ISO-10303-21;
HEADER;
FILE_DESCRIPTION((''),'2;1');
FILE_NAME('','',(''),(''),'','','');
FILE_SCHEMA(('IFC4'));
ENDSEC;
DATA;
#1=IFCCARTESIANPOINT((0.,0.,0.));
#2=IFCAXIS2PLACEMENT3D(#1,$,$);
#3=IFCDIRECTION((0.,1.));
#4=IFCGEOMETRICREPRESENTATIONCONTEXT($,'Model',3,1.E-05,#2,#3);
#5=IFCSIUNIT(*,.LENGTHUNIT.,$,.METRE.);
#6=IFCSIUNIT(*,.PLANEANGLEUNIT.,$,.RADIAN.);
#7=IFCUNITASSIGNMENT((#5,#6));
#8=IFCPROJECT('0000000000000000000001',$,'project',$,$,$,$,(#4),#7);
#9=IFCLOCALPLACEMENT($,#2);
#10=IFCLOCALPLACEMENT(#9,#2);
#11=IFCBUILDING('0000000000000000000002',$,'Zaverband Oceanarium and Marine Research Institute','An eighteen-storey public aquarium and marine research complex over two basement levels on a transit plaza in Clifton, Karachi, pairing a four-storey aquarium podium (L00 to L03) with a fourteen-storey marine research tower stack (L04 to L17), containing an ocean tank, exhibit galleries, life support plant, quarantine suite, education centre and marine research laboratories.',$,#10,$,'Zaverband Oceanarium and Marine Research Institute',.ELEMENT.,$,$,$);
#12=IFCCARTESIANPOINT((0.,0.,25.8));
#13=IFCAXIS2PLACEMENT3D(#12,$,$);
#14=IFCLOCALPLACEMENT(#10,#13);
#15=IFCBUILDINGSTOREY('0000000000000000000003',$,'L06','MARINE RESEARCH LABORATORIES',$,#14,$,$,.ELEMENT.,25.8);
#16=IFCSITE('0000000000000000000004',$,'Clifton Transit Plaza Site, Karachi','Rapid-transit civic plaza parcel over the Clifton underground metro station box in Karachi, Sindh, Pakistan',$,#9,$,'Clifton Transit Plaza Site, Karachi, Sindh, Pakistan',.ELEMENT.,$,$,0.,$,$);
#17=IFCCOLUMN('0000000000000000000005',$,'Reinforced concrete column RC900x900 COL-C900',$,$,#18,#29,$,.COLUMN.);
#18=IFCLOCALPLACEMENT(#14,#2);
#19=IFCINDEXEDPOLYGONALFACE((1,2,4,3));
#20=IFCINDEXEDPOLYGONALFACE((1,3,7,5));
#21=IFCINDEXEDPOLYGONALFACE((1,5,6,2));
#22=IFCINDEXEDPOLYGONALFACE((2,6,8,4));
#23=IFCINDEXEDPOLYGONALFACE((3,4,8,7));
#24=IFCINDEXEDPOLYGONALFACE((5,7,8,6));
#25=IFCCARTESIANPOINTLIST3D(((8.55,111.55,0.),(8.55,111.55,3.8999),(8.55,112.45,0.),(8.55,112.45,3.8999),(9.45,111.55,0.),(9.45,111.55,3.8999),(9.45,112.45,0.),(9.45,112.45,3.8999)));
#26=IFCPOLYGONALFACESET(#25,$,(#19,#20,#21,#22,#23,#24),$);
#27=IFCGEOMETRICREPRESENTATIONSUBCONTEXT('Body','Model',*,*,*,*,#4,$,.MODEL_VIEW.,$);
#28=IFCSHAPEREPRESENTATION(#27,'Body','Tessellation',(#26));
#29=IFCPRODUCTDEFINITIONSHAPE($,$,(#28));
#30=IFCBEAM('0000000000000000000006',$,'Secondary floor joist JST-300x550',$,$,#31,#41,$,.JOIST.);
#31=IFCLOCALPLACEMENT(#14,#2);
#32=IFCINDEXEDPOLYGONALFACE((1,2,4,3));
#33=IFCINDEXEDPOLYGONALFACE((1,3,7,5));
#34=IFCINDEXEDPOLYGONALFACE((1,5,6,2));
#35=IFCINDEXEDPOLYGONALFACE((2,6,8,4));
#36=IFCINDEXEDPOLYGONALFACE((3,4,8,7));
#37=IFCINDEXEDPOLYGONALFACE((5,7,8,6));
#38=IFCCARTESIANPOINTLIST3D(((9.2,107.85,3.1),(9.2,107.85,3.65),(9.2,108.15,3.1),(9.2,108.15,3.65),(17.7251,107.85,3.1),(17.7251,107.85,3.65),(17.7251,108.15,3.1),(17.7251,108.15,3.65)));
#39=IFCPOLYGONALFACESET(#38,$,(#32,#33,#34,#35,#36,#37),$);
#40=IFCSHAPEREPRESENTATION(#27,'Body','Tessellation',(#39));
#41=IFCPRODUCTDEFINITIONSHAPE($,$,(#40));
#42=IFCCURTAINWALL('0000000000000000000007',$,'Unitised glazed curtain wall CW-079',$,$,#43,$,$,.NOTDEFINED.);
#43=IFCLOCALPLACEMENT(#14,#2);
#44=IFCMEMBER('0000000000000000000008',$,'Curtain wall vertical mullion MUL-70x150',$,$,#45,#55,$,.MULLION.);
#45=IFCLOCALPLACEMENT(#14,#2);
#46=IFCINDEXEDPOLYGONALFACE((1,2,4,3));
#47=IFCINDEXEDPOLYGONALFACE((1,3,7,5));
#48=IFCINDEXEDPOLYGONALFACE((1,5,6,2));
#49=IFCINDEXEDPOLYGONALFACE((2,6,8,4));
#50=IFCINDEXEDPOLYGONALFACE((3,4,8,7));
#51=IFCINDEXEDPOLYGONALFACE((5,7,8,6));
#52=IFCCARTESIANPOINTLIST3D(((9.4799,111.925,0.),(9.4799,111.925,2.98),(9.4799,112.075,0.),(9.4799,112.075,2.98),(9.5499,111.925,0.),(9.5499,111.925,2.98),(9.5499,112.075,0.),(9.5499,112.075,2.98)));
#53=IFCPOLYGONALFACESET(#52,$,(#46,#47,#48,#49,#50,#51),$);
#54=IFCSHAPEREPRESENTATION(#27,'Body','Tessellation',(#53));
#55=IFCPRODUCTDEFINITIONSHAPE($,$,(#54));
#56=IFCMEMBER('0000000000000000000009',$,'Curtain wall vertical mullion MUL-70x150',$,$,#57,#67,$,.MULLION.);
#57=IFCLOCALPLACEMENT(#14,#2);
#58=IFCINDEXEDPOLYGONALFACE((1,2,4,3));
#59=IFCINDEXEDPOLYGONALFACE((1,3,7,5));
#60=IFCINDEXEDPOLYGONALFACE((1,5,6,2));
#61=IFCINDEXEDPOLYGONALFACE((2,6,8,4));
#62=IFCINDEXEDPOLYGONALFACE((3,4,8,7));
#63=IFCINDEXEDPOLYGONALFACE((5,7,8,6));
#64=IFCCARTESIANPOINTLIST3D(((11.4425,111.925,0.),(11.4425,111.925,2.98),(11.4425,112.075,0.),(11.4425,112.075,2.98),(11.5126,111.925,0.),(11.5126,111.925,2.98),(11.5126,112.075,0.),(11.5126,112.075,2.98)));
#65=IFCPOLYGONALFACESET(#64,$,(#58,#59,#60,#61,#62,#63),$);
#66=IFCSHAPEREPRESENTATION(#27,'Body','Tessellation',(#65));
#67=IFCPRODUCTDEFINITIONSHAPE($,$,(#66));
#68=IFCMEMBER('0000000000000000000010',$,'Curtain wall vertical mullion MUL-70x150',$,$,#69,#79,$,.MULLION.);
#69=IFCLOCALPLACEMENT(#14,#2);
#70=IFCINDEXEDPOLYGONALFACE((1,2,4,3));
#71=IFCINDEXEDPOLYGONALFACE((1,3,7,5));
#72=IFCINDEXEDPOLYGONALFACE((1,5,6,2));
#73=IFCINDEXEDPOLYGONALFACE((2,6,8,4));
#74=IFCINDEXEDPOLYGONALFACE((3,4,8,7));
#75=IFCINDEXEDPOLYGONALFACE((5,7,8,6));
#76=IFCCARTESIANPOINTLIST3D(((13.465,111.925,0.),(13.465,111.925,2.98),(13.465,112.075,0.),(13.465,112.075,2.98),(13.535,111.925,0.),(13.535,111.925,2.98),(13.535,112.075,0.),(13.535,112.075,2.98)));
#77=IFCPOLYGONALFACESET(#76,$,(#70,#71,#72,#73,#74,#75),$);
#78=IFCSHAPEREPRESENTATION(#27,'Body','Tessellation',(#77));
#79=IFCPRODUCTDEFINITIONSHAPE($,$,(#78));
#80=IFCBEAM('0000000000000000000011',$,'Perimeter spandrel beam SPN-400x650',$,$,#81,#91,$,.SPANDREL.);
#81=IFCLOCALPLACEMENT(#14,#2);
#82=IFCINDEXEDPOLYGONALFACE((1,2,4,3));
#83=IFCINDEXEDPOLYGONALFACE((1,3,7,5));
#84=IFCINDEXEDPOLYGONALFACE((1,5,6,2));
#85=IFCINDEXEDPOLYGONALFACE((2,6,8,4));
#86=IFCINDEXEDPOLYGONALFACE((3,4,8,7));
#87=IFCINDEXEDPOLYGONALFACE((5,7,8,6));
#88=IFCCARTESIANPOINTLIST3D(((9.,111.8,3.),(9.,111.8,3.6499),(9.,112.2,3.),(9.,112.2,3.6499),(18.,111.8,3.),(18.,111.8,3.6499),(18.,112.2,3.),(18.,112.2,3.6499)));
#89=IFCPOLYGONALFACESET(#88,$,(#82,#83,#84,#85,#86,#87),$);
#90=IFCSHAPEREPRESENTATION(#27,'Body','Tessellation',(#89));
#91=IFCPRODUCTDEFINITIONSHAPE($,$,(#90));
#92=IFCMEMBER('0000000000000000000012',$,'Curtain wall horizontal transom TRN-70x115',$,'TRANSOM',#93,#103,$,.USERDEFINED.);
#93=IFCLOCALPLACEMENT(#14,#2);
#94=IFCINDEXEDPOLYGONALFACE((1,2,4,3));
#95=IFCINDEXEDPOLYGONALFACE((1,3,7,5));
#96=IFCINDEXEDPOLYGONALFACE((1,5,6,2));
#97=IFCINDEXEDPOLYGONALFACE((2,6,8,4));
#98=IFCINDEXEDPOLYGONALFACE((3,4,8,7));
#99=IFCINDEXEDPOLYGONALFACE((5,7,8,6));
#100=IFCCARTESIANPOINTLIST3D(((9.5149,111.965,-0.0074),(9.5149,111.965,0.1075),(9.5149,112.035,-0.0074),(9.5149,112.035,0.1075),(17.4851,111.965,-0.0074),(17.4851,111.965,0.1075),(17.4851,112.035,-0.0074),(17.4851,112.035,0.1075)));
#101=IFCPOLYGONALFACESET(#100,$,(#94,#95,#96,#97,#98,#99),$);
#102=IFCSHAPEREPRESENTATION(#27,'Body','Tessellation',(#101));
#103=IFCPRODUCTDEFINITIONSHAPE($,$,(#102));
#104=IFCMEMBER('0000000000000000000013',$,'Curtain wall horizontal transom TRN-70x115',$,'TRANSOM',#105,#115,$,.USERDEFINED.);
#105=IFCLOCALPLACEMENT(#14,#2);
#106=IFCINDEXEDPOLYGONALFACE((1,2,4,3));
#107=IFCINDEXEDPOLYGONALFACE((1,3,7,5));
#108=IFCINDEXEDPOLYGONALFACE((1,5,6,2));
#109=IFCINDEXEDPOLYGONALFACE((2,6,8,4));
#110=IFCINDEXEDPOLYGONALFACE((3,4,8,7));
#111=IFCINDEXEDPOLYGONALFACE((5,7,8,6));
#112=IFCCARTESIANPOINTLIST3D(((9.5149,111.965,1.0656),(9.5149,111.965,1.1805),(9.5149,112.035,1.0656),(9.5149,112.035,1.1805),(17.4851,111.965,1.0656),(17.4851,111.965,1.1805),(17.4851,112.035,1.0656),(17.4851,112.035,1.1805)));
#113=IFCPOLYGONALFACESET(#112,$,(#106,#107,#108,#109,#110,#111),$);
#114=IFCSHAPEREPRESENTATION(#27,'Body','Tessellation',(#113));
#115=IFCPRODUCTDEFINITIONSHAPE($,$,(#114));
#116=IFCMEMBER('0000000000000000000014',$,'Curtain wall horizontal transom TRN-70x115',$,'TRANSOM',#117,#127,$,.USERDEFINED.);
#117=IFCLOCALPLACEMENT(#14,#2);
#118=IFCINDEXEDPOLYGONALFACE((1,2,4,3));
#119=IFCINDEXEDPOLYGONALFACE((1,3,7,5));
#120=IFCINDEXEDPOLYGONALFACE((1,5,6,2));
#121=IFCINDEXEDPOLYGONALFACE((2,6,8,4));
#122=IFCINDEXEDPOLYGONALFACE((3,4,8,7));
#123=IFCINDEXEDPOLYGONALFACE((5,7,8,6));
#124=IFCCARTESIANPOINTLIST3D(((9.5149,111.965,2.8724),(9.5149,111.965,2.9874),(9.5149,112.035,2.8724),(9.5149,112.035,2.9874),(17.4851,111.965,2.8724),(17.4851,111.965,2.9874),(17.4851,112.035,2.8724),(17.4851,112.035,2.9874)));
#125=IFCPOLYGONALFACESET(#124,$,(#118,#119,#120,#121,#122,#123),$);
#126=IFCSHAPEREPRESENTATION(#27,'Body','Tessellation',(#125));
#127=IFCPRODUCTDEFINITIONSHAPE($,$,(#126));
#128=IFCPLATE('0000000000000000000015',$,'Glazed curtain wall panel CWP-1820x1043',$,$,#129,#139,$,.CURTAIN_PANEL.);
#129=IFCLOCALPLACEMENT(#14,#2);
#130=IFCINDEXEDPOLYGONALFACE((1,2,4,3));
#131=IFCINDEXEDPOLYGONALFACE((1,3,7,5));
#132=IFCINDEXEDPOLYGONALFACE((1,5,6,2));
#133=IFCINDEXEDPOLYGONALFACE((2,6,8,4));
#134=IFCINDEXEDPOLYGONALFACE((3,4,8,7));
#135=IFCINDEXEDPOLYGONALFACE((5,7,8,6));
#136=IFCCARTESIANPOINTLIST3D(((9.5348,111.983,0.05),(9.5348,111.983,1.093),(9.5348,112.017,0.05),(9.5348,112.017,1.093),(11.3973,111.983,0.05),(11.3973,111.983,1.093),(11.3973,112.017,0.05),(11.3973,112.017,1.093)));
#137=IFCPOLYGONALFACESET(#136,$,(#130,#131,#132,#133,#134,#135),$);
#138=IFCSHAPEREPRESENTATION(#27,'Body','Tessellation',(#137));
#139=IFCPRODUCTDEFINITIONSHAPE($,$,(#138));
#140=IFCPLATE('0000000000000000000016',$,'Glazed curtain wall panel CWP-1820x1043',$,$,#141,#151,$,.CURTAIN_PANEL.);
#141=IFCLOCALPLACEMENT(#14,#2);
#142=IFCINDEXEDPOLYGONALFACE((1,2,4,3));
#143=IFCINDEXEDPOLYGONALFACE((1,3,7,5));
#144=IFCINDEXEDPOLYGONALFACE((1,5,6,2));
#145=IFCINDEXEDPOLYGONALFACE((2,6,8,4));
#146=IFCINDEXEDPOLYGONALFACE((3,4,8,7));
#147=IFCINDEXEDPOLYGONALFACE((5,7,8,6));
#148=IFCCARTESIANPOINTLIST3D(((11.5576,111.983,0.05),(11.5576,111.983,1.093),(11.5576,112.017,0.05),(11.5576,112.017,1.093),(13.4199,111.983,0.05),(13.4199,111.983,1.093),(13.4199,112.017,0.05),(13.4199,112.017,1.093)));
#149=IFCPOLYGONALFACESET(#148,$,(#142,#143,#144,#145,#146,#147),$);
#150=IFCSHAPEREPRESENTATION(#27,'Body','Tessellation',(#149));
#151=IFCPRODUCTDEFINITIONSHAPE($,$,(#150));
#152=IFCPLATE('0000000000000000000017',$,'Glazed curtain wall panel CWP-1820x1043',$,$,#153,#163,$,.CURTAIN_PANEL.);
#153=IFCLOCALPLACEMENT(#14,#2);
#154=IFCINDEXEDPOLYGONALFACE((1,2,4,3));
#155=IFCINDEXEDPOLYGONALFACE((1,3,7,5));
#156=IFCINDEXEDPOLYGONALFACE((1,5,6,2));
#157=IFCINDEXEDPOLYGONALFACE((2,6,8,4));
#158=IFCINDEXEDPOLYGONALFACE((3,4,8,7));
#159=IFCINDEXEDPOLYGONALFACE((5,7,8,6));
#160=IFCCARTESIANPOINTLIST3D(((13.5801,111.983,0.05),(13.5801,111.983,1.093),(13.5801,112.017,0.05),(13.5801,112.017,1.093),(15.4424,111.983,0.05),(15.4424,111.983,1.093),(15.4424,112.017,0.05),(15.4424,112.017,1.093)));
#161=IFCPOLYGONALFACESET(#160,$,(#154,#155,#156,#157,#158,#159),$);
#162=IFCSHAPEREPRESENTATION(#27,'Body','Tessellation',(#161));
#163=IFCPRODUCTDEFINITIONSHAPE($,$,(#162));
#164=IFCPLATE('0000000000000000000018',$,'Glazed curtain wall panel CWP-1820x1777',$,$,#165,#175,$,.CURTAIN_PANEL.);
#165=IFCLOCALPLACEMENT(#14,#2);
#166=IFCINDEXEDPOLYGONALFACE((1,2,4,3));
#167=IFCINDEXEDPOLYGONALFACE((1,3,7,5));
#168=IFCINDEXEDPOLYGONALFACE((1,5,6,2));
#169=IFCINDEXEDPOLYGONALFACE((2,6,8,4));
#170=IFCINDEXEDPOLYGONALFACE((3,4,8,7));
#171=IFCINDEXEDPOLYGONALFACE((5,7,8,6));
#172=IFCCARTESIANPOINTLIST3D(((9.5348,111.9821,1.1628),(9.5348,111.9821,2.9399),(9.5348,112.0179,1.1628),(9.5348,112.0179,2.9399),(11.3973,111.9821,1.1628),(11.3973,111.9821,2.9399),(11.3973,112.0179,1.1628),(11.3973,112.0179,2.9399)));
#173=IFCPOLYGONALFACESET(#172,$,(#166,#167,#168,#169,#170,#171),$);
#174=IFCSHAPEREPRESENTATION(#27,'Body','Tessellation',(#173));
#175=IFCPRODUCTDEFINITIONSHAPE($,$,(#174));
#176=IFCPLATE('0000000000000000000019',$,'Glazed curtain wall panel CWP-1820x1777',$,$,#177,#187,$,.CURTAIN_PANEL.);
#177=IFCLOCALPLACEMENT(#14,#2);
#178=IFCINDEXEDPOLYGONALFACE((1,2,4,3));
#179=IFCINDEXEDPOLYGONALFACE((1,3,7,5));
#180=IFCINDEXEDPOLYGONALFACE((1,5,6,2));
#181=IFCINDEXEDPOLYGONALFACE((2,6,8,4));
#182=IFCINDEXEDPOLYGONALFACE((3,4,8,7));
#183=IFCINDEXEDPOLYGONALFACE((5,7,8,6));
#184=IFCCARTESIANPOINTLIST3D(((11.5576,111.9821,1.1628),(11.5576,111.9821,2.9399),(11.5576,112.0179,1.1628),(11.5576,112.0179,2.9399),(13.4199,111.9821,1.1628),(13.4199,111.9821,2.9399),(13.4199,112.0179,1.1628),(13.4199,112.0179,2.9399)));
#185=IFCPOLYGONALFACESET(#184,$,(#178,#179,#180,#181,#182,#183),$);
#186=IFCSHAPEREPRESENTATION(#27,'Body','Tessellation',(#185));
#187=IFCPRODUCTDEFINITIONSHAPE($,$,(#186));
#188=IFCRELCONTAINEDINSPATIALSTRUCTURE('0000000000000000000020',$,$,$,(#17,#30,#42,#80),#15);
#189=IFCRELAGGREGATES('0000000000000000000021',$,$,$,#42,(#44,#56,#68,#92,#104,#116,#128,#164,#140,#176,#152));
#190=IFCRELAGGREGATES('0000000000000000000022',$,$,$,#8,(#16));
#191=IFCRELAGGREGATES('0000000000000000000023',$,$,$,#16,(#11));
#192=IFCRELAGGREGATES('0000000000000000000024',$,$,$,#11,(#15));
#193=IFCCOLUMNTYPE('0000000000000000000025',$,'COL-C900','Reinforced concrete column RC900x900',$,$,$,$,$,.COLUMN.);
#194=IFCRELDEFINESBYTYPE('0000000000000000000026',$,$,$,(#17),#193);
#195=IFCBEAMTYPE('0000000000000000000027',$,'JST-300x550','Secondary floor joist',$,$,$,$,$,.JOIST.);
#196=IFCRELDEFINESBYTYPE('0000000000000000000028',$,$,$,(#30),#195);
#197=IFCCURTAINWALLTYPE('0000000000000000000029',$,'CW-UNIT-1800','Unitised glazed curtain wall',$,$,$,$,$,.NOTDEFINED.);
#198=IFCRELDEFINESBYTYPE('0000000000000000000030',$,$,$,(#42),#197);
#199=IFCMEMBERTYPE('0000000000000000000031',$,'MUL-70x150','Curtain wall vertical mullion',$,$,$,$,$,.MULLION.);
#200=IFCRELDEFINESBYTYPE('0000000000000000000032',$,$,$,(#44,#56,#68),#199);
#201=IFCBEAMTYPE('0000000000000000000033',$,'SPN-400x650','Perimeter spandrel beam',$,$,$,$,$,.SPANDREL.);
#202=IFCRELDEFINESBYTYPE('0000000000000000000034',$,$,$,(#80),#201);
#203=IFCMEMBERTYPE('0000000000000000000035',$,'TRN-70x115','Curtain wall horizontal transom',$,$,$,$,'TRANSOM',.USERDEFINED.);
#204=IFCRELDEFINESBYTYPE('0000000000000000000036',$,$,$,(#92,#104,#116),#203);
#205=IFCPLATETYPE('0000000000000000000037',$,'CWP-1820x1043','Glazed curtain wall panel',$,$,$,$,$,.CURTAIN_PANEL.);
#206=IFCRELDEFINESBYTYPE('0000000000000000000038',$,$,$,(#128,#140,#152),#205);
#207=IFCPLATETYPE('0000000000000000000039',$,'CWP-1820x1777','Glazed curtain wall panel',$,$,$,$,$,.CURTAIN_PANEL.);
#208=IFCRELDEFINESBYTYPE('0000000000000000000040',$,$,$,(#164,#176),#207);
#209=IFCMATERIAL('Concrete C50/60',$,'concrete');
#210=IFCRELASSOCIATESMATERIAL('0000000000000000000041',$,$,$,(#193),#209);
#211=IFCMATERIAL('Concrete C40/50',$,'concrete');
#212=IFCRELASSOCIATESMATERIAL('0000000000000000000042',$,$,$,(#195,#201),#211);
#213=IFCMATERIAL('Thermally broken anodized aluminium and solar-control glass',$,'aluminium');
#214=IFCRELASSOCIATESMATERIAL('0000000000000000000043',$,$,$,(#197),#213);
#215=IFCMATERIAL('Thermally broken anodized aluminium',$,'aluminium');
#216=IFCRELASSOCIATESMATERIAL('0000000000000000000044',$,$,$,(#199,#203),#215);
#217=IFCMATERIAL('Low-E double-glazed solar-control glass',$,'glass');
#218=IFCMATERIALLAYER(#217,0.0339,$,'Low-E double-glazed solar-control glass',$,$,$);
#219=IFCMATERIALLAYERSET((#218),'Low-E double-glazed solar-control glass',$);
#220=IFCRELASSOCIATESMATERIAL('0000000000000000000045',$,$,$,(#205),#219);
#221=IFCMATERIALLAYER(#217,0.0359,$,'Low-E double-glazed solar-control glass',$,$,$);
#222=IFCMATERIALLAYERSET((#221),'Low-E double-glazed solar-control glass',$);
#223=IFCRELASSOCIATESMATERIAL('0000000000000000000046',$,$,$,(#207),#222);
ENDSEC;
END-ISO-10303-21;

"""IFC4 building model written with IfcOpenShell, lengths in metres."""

from ifc_helpers import new_model, si_unit, direction, frame, frame_2d, origin, origin_2d, place, context, subcontext, project, spatial, rectangle, extrude, material, layer, layer_set, material_profile, profile_set, type_object, element, aggregate, save


model = new_model("IFC4")

# Units and contexts
model_context = context("Model", 3, precision=1e-05, world=origin(), true_north=direction((0.0, 1.0)))
body_context = subcontext(model_context, "Body", "Model", "MODEL_VIEW")
ifc_project = project(units=[si_unit("LENGTHUNIT", "METRE"), si_unit("PLANEANGLEUNIT", "RADIAN")], contexts=[model_context])

# Site, building, storey
site_placement = place(None, origin())
site = spatial("IfcSite", under=ifc_project, at=site_placement, Name="Clifton Transit Plaza Site, Karachi", Description="Rapid-transit civic plaza parcel over the Clifton underground metro station box in Karachi, Sindh, Pakistan", LongName="Clifton Transit Plaza Site, Karachi, Sindh, Pakistan", CompositionType="ELEMENT", RefElevation=0.0)
building_placement = place(site_placement, origin())
building = spatial("IfcBuilding", under=site, at=building_placement, Name="Zaverband Oceanarium and Marine Research Institute", Description="An eighteen-storey public aquarium and marine research complex over two basement levels on a transit plaza in Clifton, Karachi, pairing a four-storey aquarium podium (L00 to L03) with a fourteen-storey marine research tower stack (L04 to L17), containing an ocean tank, exhibit galleries, life support plant, quarantine suite, education centre and marine research laboratories.", LongName="Zaverband Oceanarium and Marine Research Institute", CompositionType="ELEMENT")
storey_placement = place(building_placement, frame((0.0, 0.0, 25.8)))
storey = spatial("IfcBuildingStorey", under=building, at=storey_placement, Name="L06", Description="MARINE RESEARCH LABORATORIES", CompositionType="ELEMENT", Elevation=25.8)

# Column
ifc_material_1 = material(Name="Concrete C50/60", Category="concrete")
ifc_material_profile_1 = material_profile(ifc_material_1, rectangle(XDim=0.8999, YDim=0.8999, at=origin_2d()), Name="RC900x900")
ifc_profile_set_1 = profile_set([ifc_material_profile_1], Name="Concrete C50/60")
column_type = type_object("IfcColumnType", Name="COL-C900", Description="Reinforced concrete column RC900x900", PredefinedType="COLUMN", material=ifc_profile_set_1)
column_placement = place(storey_placement, frame((9.0, 112.0, 0.0), z_axis=(0.0, 0.0, 1.0), x_axis=(1.0, 0.0, 0.0)))
element("IfcColumn", 1, at=column_placement, inside=storey, type_object=column_type, Name="Reinforced concrete column RC900x900 COL-C900", PredefinedType="COLUMN", context=body_context, shape_type="SweptSolid", body=[
    extrude(rectangle(XDim=0.8999, YDim=0.8999, at=origin_2d()), origin(), (0.0, 0.0, 1.0), 3.8999),
])

# Beam
ifc_material_2 = material(Name="Concrete C40/50", Category="concrete")
ifc_material_profile_2 = material_profile(ifc_material_2, rectangle(XDim=0.3, YDim=0.55, at=origin_2d()), Name="RC300x550")
ifc_profile_set_2 = profile_set([ifc_material_profile_2], Name="Concrete C40/50")
beam_type_1 = type_object("IfcBeamType", Name="JST-300x550", Description="Secondary floor joist", PredefinedType="JOIST", material=ifc_profile_set_2)
beam_1_placement = place(storey_placement, frame((9.2, 108.0, 3.375), z_axis=(1.0, 0.0, 0.0), x_axis=(0.0, 1.0, 0.0)))
element("IfcBeam", 2, at=beam_1_placement, inside=storey, type_object=beam_type_1, Name="Secondary floor joist JST-300x550", PredefinedType="JOIST", context=body_context, shape_type="SweptSolid", body=[
    extrude(rectangle(XDim=0.3, YDim=0.55, at=origin_2d()), origin(), (0.0, 0.0, 1.0), 8.5251),
])

# Curtain wall, members
ifc_material_3 = material(Name="Thermally broken anodized aluminium and solar-control glass", Category="aluminium")
curtain_wall_type = type_object("IfcCurtainWallType", Name="CW-UNIT-1800", Description="Unitised glazed curtain wall", PredefinedType="NOTDEFINED", material=ifc_material_3)
curtain_wall_placement = place(storey_placement, origin())
curtain_wall = element("IfcCurtainWall", 3, at=curtain_wall_placement, inside=storey, type_object=curtain_wall_type, Name="Unitised glazed curtain wall CW-079", PredefinedType="NOTDEFINED")
ifc_material_4 = material(Name="Thermally broken anodized aluminium", Category="aluminium")
ifc_material_profile_3 = material_profile(ifc_material_4, rectangle(XDim=0.0701, YDim=0.1499, at=origin_2d()), Name="AL-MUL-70x150")
ifc_profile_set_3 = profile_set([ifc_material_profile_3], Name="Thermally broken anodized aluminium")
member_type_1 = type_object("IfcMemberType", Name="MUL-70x150", Description="Curtain wall vertical mullion", PredefinedType="MULLION", material=ifc_profile_set_3)
member_1_placement = place(storey_placement, frame((9.5149, 112.0, 0.0), z_axis=(0.0, 0.0, 1.0), x_axis=(1.0, 0.0, 0.0)))
member_1 = element("IfcMember", 4, at=member_1_placement, type_object=member_type_1, Name="Curtain wall vertical mullion MUL-70x150", PredefinedType="MULLION", context=body_context, shape_type="SweptSolid", body=[
    extrude(rectangle(XDim=0.0701, YDim=0.1499, at=origin_2d()), origin(), (0.0, 0.0, 1.0), 2.98),
])
member_2_placement = place(storey_placement, frame((11.4775, 112.0, 0.0), z_axis=(0.0, 0.0, 1.0), x_axis=(1.0, 0.0, 0.0)))
member_2 = element("IfcMember", 5, at=member_2_placement, type_object=member_type_1, Name="Curtain wall vertical mullion MUL-70x150", PredefinedType="MULLION", context=body_context, shape_type="SweptSolid", body=[
    extrude(rectangle(XDim=0.0701, YDim=0.1499, at=origin_2d()), origin(), (0.0, 0.0, 1.0), 2.98),
])
member_3_placement = place(storey_placement, frame((13.5, 112.0, 0.0), z_axis=(0.0, 0.0, 1.0), x_axis=(1.0, 0.0, 0.0)))
member_3 = element("IfcMember", 6, at=member_3_placement, type_object=member_type_1, Name="Curtain wall vertical mullion MUL-70x150", PredefinedType="MULLION", context=body_context, shape_type="SweptSolid", body=[
    extrude(rectangle(XDim=0.0701, YDim=0.1499, at=origin_2d()), origin(), (0.0, 0.0, 1.0), 2.98),
])

# Beam
ifc_material_profile_4 = material_profile(ifc_material_2, rectangle(XDim=0.3999, YDim=0.6499, at=origin_2d()), Name="RC400x650")
ifc_profile_set_4 = profile_set([ifc_material_profile_4], Name="Concrete C40/50")
beam_type_2 = type_object("IfcBeamType", Name="SPN-400x650", Description="Perimeter spandrel beam", PredefinedType="SPANDREL", material=ifc_profile_set_4)
beam_2_placement = place(storey_placement, frame((9.0, 112.0, 3.325), z_axis=(1.0, 0.0, 0.0), x_axis=(0.0, 1.0, 0.0)))
element("IfcBeam", 7, at=beam_2_placement, inside=storey, type_object=beam_type_2, Name="Perimeter spandrel beam SPN-400x650", PredefinedType="SPANDREL", context=body_context, shape_type="SweptSolid", body=[
    extrude(rectangle(XDim=0.3999, YDim=0.6499, at=origin_2d()), origin(), (0.0, 0.0, 1.0), 9.0),
])

# Members
ifc_material_profile_5 = material_profile(ifc_material_4, rectangle(XDim=0.0701, YDim=0.115, at=origin_2d()), Name="AL-TRN-70x115")
ifc_profile_set_5 = profile_set([ifc_material_profile_5], Name="Thermally broken anodized aluminium")
member_type_2 = type_object("IfcMemberType", Name="TRN-70x115", Description="Curtain wall horizontal transom", ElementType="TRANSOM", PredefinedType="USERDEFINED", material=ifc_profile_set_5)
member_4_placement = place(storey_placement, frame((9.5149, 112.0, 0.05), z_axis=(1.0, 0.0, 0.0), x_axis=(0.0, 1.0, 0.0)))
member_4 = element("IfcMember", 8, at=member_4_placement, type_object=member_type_2, Name="Curtain wall horizontal transom TRN-70x115", ObjectType="TRANSOM", PredefinedType="USERDEFINED", context=body_context, shape_type="SweptSolid", body=[
    extrude(rectangle(XDim=0.0701, YDim=0.115, at=origin_2d()), origin(), (0.0, 0.0, 1.0), 7.9702),
])
member_5_placement = place(storey_placement, frame((9.5149, 112.0, 1.123), z_axis=(1.0, 0.0, 0.0), x_axis=(0.0, 1.0, 0.0)))
member_5 = element("IfcMember", 9, at=member_5_placement, type_object=member_type_2, Name="Curtain wall horizontal transom TRN-70x115", ObjectType="TRANSOM", PredefinedType="USERDEFINED", context=body_context, shape_type="SweptSolid", body=[
    extrude(rectangle(XDim=0.0701, YDim=0.115, at=origin_2d()), origin(), (0.0, 0.0, 1.0), 7.9702),
])
member_6_placement = place(storey_placement, frame((9.5149, 112.0, 2.9299), z_axis=(1.0, 0.0, 0.0), x_axis=(0.0, 1.0, 0.0)))
member_6 = element("IfcMember", 10, at=member_6_placement, type_object=member_type_2, Name="Curtain wall horizontal transom TRN-70x115", ObjectType="TRANSOM", PredefinedType="USERDEFINED", context=body_context, shape_type="SweptSolid", body=[
    extrude(rectangle(XDim=0.0701, YDim=0.115, at=origin_2d()), origin(), (0.0, 0.0, 1.0), 7.9702),
])

# Plates
ifc_material_5 = material(Name="Low-E double-glazed solar-control glass", Category="glass")
ifc_layer_1 = layer(ifc_material_5, 0.0339, Name="Low-E double-glazed solar-control glass")
ifc_layer_set_1 = layer_set([ifc_layer_1], Name="Low-E double-glazed solar-control glass")
plate_type_1 = type_object("IfcPlateType", Name="CWP-1820x1043", Description="Glazed curtain wall panel", PredefinedType="CURTAIN_PANEL", material=ifc_layer_set_1)
plate_1_placement = place(storey_placement, frame((9.5349, 112.0, 0.05), z_axis=(0.0, 0.0, 1.0), x_axis=(1.0, 0.0, 0.0)))
plate_1 = element("IfcPlate", 11, at=plate_1_placement, type_object=plate_type_1, Name="Glazed curtain wall panel CWP-1820x1043", PredefinedType="CURTAIN_PANEL", context=body_context, shape_type="SweptSolid", body=[
    extrude(rectangle(XDim=1.8625, YDim=0.0339, at=frame_2d((0.9312, 0.0))), origin(), (0.0, 0.0, 1.0), 1.043),
])
plate_2_placement = place(storey_placement, frame((11.5576, 112.0, 0.05), z_axis=(0.0, 0.0, 1.0), x_axis=(1.0, 0.0, 0.0)))
plate_2 = element("IfcPlate", 12, at=plate_2_placement, type_object=plate_type_1, Name="Glazed curtain wall panel CWP-1820x1043", PredefinedType="CURTAIN_PANEL", context=body_context, shape_type="SweptSolid", body=[
    extrude(rectangle(XDim=1.8623, YDim=0.0339, at=frame_2d((0.9312, 0.0))), origin(), (0.0, 0.0, 1.0), 1.043),
])
plate_3_placement = place(storey_placement, frame((13.5801, 112.0, 0.05), z_axis=(0.0, 0.0, 1.0), x_axis=(1.0, 0.0, 0.0)))
plate_3 = element("IfcPlate", 13, at=plate_3_placement, type_object=plate_type_1, Name="Glazed curtain wall panel CWP-1820x1043", PredefinedType="CURTAIN_PANEL", context=body_context, shape_type="SweptSolid", body=[
    extrude(rectangle(XDim=1.8623, YDim=0.0339, at=frame_2d((0.9312, 0.0))), origin(), (0.0, 0.0, 1.0), 1.043),
])
ifc_layer_2 = layer(ifc_material_5, 0.0359, Name="Low-E double-glazed solar-control glass")
ifc_layer_set_2 = layer_set([ifc_layer_2], Name="Low-E double-glazed solar-control glass")
plate_type_2 = type_object("IfcPlateType", Name="CWP-1820x1777", Description="Glazed curtain wall panel", PredefinedType="CURTAIN_PANEL", material=ifc_layer_set_2)
plate_4_placement = place(storey_placement, frame((9.5349, 112.0, 1.1628), z_axis=(0.0, 0.0, 1.0), x_axis=(1.0, 0.0, 0.0)))
plate_4 = element("IfcPlate", 14, at=plate_4_placement, type_object=plate_type_2, Name="Glazed curtain wall panel CWP-1820x1777", PredefinedType="CURTAIN_PANEL", context=body_context, shape_type="SweptSolid", body=[
    extrude(rectangle(XDim=1.8625, YDim=0.0359, at=frame_2d((0.9312, 0.0))), origin(), (0.0, 0.0, 1.0), 1.7771),
])
plate_5_placement = place(storey_placement, frame((11.5576, 112.0, 1.1628), z_axis=(0.0, 0.0, 1.0), x_axis=(1.0, 0.0, 0.0)))
plate_5 = element("IfcPlate", 15, at=plate_5_placement, type_object=plate_type_2, Name="Glazed curtain wall panel CWP-1820x1777", PredefinedType="CURTAIN_PANEL", context=body_context, shape_type="SweptSolid", body=[
    extrude(rectangle(XDim=1.8623, YDim=0.0359, at=frame_2d((0.9312, 0.0))), origin(), (0.0, 0.0, 1.0), 1.7771),
])
aggregate(curtain_wall, [member_1, member_2, member_3, member_4, member_5, member_6, plate_1, plate_4, plate_2, plate_5, plate_3])

save(model, "model.ifc")
